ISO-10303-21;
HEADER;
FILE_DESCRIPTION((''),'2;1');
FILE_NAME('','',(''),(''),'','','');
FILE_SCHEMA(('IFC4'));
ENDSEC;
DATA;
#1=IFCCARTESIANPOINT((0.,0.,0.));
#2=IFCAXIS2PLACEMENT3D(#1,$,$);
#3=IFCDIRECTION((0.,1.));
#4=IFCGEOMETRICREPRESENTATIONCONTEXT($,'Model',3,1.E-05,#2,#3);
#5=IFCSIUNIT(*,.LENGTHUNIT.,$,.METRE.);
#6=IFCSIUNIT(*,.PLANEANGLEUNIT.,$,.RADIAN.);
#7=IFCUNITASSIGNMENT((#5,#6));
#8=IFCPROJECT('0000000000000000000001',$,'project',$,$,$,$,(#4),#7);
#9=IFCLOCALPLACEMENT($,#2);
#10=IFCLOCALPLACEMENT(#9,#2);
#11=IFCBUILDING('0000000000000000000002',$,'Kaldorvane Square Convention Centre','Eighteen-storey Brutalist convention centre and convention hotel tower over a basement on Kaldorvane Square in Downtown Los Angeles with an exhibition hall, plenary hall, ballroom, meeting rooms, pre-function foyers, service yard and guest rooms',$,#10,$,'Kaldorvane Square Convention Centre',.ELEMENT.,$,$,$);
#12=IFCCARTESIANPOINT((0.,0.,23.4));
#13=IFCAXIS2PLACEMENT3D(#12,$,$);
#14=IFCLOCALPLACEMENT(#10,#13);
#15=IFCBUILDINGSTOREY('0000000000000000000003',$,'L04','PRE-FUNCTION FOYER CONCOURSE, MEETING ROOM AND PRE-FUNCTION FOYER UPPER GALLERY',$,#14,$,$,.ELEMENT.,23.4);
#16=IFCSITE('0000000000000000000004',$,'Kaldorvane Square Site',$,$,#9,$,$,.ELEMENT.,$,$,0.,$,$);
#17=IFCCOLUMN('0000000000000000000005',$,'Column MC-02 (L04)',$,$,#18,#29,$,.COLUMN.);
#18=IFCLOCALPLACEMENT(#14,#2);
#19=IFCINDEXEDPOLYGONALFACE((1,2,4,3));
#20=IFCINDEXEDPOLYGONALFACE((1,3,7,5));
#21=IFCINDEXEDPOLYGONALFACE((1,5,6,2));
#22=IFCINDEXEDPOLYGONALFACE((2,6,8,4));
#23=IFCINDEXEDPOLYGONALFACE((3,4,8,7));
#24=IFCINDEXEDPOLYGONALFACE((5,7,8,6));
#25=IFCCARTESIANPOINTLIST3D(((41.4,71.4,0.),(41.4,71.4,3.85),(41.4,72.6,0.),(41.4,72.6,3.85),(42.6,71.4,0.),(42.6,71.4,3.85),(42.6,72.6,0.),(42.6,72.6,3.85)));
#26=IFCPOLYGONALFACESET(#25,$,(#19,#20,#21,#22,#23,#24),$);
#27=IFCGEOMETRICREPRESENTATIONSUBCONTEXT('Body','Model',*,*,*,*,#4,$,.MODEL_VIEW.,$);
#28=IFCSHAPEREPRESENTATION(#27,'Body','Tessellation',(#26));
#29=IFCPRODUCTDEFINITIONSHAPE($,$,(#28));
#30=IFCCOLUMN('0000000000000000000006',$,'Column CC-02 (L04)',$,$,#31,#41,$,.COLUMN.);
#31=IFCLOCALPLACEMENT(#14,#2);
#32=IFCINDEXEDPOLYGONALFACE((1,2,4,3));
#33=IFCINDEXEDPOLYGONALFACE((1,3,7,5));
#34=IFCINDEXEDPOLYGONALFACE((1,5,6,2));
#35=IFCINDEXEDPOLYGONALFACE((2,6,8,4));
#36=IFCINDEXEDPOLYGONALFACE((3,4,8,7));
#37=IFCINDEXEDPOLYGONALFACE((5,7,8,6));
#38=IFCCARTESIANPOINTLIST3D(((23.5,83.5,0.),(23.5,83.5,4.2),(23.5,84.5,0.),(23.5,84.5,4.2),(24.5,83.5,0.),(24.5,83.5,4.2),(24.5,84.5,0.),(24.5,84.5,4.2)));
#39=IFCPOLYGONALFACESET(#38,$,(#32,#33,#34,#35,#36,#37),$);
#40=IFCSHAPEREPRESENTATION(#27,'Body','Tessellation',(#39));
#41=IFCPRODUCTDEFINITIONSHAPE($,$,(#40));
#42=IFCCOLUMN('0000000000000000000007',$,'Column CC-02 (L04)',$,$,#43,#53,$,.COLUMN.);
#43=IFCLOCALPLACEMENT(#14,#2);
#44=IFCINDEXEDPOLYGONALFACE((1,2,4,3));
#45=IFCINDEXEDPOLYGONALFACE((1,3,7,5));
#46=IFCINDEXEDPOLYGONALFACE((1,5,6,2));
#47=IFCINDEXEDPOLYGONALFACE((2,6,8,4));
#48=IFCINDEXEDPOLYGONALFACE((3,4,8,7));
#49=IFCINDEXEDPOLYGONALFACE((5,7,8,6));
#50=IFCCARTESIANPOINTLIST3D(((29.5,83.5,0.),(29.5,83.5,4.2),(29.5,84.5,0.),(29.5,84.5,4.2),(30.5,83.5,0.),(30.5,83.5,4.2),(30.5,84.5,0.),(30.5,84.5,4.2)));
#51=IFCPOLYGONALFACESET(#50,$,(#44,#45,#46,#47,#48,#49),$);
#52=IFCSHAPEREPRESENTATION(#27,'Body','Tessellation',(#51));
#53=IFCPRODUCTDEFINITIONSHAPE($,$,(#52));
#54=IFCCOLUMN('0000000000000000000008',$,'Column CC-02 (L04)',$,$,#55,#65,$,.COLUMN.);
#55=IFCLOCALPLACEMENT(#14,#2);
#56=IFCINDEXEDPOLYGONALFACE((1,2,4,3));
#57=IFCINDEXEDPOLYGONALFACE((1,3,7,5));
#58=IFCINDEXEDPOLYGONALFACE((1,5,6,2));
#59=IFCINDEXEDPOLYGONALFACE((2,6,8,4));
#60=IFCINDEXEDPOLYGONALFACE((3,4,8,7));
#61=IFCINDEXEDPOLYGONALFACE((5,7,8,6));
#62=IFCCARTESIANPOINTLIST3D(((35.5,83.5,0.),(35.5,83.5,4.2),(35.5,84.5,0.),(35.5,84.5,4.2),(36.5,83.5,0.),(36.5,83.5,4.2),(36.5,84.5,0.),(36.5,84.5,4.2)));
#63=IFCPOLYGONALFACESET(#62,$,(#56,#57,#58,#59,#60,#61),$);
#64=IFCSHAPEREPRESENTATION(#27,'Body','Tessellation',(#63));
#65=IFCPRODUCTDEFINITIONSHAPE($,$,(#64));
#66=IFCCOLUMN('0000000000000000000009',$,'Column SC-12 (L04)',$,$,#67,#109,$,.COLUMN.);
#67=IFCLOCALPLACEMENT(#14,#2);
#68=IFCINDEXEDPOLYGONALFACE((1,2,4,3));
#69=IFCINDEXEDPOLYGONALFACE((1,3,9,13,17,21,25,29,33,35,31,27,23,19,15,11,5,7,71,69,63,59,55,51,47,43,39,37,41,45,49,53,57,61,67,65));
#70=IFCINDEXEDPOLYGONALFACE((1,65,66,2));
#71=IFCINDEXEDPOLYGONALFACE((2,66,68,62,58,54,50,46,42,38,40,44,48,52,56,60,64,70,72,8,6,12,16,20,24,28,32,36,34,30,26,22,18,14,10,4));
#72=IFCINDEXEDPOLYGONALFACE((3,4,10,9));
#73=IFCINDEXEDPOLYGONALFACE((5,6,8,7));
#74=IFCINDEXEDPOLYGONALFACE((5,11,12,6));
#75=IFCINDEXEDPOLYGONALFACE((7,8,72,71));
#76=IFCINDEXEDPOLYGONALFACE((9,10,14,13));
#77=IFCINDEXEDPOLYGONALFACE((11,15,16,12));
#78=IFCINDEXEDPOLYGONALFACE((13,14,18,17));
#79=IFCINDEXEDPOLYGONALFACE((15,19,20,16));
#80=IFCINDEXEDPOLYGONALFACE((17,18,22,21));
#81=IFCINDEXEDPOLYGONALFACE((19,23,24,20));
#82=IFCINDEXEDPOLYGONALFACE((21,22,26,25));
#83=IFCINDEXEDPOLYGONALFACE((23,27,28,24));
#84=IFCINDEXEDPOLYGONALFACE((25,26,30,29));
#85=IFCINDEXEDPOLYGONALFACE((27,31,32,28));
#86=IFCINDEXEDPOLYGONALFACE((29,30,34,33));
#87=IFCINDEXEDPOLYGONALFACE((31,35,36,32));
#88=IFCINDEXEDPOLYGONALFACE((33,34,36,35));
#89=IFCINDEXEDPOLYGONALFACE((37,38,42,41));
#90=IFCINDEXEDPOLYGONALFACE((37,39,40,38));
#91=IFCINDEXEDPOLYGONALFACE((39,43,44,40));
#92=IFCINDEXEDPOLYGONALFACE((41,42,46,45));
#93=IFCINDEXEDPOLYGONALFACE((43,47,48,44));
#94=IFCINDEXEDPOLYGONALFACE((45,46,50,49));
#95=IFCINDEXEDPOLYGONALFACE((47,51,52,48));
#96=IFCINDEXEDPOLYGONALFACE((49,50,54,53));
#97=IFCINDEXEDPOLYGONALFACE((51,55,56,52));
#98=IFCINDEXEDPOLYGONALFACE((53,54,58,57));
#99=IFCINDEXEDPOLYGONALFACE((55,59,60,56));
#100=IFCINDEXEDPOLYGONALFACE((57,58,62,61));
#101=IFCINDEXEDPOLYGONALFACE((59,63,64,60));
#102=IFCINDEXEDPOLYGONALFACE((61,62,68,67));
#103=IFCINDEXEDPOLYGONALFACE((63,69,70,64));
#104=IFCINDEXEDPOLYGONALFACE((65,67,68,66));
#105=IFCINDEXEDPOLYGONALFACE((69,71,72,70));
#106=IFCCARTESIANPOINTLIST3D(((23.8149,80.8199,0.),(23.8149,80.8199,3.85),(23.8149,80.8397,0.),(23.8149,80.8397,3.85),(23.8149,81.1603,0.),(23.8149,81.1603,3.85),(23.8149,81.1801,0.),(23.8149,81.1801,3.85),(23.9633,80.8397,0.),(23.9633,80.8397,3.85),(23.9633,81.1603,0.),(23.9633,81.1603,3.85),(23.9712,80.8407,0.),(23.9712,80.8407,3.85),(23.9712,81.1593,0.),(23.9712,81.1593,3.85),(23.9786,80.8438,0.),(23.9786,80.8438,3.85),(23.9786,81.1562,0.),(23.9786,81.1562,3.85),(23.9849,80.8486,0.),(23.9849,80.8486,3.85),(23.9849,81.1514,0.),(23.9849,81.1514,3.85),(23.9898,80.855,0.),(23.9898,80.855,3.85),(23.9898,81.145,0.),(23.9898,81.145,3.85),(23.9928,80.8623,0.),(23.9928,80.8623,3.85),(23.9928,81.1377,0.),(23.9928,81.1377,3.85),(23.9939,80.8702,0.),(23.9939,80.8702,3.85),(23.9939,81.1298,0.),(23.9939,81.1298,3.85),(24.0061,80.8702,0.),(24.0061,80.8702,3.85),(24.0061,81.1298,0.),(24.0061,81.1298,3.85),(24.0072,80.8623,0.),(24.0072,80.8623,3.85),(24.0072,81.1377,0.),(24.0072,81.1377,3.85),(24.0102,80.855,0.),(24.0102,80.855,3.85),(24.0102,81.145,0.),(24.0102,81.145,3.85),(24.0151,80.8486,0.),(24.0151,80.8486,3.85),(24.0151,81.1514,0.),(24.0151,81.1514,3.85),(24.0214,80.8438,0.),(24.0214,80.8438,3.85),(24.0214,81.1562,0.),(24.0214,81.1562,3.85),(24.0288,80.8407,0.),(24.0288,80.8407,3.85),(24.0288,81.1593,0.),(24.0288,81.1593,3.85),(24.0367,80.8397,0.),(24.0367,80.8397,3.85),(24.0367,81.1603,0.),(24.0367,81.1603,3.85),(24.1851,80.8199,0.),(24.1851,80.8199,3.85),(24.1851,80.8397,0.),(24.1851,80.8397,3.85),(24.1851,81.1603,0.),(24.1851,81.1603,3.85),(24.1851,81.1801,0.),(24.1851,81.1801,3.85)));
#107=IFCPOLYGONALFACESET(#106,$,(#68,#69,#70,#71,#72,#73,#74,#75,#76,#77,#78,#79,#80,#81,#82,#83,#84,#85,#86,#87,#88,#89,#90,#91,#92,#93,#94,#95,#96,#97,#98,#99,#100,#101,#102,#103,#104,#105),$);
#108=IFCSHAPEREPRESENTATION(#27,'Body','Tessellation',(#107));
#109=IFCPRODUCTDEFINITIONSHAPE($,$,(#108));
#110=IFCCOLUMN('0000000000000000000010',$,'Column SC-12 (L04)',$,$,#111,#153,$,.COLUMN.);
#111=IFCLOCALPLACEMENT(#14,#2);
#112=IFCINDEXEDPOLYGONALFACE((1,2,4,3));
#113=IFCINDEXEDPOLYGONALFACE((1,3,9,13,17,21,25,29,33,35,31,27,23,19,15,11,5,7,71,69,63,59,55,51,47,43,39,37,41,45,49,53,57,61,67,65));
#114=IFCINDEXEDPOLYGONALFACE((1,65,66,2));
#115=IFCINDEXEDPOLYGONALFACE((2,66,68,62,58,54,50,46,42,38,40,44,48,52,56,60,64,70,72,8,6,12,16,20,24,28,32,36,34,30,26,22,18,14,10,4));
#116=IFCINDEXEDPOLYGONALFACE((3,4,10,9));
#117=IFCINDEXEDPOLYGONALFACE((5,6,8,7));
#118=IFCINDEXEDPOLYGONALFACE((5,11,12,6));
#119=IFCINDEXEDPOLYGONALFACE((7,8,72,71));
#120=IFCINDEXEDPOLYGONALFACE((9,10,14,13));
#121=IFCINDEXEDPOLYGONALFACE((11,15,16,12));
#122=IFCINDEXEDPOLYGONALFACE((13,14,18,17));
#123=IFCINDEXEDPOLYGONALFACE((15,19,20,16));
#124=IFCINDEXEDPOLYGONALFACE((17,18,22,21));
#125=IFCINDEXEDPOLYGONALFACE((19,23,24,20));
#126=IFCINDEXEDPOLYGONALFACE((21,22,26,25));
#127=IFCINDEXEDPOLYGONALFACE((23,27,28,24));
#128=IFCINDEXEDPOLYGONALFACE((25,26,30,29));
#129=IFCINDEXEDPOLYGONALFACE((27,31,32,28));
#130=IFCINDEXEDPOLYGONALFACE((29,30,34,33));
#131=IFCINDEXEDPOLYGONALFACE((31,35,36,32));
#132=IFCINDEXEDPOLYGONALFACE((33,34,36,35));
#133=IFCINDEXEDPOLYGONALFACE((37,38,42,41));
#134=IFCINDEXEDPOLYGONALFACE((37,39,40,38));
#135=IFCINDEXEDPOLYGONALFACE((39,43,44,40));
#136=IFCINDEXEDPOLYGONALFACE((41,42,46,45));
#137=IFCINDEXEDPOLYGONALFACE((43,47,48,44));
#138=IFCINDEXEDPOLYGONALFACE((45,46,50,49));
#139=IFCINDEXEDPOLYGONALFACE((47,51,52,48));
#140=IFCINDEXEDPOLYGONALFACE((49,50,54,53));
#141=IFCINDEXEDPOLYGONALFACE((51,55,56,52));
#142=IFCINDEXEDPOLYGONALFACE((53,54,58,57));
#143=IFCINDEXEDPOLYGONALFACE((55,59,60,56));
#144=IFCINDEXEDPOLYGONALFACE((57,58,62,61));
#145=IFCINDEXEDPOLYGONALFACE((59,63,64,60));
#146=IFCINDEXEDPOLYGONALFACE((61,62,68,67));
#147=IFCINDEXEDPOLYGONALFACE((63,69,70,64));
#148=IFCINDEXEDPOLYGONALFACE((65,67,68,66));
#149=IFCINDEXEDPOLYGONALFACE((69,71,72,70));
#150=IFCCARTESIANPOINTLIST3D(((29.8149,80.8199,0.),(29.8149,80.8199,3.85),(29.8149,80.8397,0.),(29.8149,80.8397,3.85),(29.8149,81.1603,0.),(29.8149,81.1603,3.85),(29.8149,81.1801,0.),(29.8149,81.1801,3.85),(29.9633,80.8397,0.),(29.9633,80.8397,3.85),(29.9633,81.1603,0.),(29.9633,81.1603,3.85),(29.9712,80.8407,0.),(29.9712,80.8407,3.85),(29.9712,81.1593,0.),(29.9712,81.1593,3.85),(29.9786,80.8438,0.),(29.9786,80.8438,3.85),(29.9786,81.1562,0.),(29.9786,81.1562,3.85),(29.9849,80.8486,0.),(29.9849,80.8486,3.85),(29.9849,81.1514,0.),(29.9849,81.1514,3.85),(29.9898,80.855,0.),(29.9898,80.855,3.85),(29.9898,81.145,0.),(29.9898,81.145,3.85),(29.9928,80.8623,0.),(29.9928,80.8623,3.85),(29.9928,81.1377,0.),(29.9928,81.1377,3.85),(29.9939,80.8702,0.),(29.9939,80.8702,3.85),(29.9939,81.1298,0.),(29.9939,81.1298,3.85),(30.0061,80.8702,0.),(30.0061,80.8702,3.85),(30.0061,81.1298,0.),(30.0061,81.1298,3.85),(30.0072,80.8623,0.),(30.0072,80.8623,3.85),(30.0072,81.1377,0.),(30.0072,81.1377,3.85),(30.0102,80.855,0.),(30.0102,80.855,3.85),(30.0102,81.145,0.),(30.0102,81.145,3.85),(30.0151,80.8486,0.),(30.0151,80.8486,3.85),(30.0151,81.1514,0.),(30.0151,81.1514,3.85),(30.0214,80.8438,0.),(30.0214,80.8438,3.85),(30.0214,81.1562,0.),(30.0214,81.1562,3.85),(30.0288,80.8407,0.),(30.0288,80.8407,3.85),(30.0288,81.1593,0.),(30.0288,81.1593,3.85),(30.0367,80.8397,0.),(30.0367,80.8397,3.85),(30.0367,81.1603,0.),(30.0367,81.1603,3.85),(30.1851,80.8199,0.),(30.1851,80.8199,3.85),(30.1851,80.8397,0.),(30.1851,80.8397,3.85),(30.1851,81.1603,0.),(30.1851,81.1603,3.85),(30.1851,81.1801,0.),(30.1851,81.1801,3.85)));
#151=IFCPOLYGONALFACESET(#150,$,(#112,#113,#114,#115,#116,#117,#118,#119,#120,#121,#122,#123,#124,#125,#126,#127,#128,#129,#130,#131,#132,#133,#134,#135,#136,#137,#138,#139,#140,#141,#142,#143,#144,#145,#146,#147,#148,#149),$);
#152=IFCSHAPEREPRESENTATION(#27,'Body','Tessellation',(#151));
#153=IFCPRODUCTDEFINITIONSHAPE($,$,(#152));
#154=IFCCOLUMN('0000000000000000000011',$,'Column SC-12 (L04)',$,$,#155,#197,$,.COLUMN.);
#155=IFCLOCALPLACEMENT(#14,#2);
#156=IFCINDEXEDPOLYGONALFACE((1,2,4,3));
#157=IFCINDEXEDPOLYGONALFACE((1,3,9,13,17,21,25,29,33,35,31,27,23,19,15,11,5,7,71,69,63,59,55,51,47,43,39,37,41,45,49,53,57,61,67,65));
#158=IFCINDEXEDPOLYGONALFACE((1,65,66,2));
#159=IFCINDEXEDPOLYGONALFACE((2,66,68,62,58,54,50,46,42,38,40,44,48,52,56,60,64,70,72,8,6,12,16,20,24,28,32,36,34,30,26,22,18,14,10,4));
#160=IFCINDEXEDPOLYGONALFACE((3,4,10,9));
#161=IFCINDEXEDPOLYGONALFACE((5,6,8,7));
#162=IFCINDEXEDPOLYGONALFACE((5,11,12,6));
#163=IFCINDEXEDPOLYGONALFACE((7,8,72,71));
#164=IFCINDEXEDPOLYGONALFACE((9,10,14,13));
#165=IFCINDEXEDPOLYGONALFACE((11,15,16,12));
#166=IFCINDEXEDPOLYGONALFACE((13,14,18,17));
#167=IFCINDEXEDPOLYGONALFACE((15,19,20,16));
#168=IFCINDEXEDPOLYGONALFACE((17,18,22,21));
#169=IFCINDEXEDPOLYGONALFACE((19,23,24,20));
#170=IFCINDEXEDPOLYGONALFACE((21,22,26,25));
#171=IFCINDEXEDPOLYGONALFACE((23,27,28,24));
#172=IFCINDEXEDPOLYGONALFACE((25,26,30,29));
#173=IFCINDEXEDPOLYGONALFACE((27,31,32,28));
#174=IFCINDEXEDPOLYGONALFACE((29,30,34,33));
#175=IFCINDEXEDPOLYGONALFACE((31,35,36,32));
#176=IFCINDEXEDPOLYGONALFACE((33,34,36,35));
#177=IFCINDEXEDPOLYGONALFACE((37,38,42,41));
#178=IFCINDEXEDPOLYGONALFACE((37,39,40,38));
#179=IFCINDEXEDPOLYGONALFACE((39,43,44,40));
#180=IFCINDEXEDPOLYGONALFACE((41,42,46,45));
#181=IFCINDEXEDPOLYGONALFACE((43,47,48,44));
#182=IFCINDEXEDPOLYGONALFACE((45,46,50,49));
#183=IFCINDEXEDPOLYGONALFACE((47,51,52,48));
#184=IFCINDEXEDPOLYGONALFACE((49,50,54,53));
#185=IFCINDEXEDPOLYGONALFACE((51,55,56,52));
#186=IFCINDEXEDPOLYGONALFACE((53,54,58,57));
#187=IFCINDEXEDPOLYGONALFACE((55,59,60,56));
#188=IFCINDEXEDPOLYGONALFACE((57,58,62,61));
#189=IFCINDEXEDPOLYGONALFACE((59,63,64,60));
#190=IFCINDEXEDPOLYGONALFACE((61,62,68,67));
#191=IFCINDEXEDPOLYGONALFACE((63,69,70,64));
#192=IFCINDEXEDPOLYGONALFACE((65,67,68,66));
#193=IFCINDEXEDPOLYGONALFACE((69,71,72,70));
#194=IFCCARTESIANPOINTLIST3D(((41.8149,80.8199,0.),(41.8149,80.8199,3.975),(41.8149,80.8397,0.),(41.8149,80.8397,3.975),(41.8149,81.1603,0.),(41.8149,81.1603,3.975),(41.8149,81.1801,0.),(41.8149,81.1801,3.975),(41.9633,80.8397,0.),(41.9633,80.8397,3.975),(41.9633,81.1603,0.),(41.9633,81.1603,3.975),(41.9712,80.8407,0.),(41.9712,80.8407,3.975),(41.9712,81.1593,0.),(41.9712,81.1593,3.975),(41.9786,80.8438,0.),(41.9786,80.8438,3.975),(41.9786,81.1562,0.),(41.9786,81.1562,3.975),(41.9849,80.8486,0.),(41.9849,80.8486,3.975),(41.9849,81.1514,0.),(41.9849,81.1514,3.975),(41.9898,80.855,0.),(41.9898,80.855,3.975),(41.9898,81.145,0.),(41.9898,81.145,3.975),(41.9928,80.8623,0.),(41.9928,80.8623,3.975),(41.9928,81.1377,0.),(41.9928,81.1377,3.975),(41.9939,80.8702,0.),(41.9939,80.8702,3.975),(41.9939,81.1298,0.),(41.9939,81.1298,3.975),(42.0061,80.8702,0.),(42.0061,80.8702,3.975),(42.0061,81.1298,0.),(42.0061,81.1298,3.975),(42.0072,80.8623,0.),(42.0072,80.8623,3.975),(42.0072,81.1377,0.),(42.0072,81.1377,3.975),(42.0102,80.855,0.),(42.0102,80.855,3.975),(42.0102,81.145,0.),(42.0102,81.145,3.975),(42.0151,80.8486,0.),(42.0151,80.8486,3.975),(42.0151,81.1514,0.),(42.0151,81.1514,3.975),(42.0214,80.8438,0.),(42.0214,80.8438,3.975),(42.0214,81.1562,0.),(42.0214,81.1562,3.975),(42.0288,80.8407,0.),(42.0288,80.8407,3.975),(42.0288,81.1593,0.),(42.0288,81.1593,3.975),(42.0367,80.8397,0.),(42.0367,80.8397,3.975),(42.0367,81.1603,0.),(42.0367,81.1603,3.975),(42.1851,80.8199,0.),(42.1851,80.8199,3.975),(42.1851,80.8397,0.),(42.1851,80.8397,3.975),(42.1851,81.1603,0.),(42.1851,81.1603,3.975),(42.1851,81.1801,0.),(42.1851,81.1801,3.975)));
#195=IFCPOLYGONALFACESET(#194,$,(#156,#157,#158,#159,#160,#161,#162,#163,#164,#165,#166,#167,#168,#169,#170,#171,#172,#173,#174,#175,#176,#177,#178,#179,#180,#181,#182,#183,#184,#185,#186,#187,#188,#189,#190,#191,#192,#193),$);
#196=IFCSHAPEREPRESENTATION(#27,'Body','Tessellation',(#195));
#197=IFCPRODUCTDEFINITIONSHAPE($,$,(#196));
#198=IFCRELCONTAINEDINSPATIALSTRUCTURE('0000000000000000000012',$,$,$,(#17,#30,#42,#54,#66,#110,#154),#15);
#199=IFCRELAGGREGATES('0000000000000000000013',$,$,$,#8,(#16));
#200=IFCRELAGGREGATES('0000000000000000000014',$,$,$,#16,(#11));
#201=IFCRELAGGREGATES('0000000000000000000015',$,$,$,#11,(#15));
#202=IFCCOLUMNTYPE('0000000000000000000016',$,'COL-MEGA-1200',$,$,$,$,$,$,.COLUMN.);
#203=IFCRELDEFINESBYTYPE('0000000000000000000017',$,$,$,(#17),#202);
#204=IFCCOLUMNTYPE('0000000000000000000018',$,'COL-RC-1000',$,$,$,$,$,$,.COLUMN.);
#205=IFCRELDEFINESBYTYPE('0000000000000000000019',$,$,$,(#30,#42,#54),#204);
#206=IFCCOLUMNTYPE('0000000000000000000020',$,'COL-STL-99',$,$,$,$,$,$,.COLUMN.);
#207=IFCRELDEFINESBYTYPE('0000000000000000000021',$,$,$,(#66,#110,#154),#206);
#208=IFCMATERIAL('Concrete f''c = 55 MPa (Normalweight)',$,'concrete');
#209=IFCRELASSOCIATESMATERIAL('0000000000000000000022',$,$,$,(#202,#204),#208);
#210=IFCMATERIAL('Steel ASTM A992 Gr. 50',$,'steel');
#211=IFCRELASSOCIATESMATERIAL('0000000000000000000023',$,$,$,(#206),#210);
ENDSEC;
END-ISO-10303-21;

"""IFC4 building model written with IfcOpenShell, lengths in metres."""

from ifc_helpers import new_model, si_unit, direction, frame, origin, origin_2d, place, context, subcontext, project, spatial, rectangle, i_section, extrude, material, material_profile, profile_set, type_object, element, save


model = new_model("IFC4")

# Units and contexts
model_context = context("Model", 3, precision=1e-05, world=origin(), true_north=direction((0.0, 1.0)))
body_context = subcontext(model_context, "Body", "Model", "MODEL_VIEW")
ifc_project = project(units=[si_unit("LENGTHUNIT", "METRE"), si_unit("PLANEANGLEUNIT", "RADIAN")], contexts=[model_context])

# Site, building, storey
site_placement = place(None, origin())
site = spatial("IfcSite", under=ifc_project, at=site_placement, Name="Kaldorvane Square Site", CompositionType="ELEMENT", RefElevation=0.0)
building_placement = place(site_placement, origin())
building = spatial("IfcBuilding", under=site, at=building_placement, Name="Kaldorvane Square Convention Centre", Description="Eighteen-storey Brutalist convention centre and convention hotel tower over a basement on Kaldorvane Square in Downtown Los Angeles with an exhibition hall, plenary hall, ballroom, meeting rooms, pre-function foyers, service yard and guest rooms", LongName="Kaldorvane Square Convention Centre", CompositionType="ELEMENT")
storey_placement = place(building_placement, frame((0.0, 0.0, 23.4)))
storey = spatial("IfcBuildingStorey", under=building, at=storey_placement, Name="L04", Description="PRE-FUNCTION FOYER CONCOURSE, MEETING ROOM AND PRE-FUNCTION FOYER UPPER GALLERY", CompositionType="ELEMENT", Elevation=23.4)

# Columns
ifc_material_1 = material(Name="Concrete f'c = 55 MPa (Normalweight)", Category="concrete")
ifc_material_profile_1 = material_profile(ifc_material_1, rectangle(XDim=1.2, YDim=1.2, at=origin_2d()), Name="RC1200X1200")
ifc_profile_set_1 = profile_set([ifc_material_profile_1], Name="Concrete f'c = 55 MPa (Normalweight)")
column_type_1 = type_object("IfcColumnType", Name="COL-MEGA-1200", PredefinedType="COLUMN", material=ifc_profile_set_1)
column_1_placement = place(storey_placement, frame((42.0, 72.0, 0.0), z_axis=(0.0, 0.0, 1.0), x_axis=(1.0, 0.0, 0.0)))
element("IfcColumn", 1, at=column_1_placement, inside=storey, type_object=column_type_1, Name="Column MC-02 (L04)", PredefinedType="COLUMN", context=body_context, shape_type="SweptSolid", body=[
    extrude(rectangle(XDim=1.2, YDim=1.2, at=origin_2d()), origin(), (0.0, 0.0, 1.0), 3.85),
])
ifc_material_profile_2 = material_profile(ifc_material_1, rectangle(XDim=1.0, YDim=1.0, at=origin_2d()), Name="RC1000X1000")
ifc_profile_set_2 = profile_set([ifc_material_profile_2], Name="Concrete f'c = 55 MPa (Normalweight)")
column_type_2 = type_object("IfcColumnType", Name="COL-RC-1000", PredefinedType="COLUMN", material=ifc_profile_set_2)
for number, where, z_axis, x_axis, name in (
    (2, (24.0, 84.0, 0.0), (0.0, 0.0, 1.0), (1.0, 0.0, 0.0), "Column CC-02 (L04)"),
    (3, (30.0, 84.0, 0.0), (0.0, 0.0, 1.0), (1.0, 0.0, 0.0), "Column CC-02 (L04)"),
    (4, (36.0, 84.0, 0.0), (0.0, 0.0, 1.0), (1.0, 0.0, 0.0), "Column CC-02 (L04)"),
):
    element("IfcColumn", number, at=place(storey_placement, frame(where, z_axis=z_axis, x_axis=x_axis)), inside=storey, type_object=column_type_2, Name=name, PredefinedType="COLUMN", context=body_context, shape_type="SweptSolid", body=[
        extrude(rectangle(XDim=1.0, YDim=1.0, at=origin_2d()), origin(), (0.0, 0.0, 1.0), 4.2),
    ])
ifc_material_2 = material(Name="Steel ASTM A992 Gr. 50", Category="steel")
ifc_material_profile_3 = material_profile(ifc_material_2, i_section(OverallWidth=0.3701, OverallDepth=0.3602, WebThickness=0.0123, FlangeThickness=0.0198, FilletRadius=0.0305, at=origin_2d()), Name="W14X99")
ifc_profile_set_3 = profile_set([ifc_material_profile_3], Name="Steel ASTM A992 Gr. 50")
column_type_3 = type_object("IfcColumnType", Name="COL-STL-99", PredefinedType="COLUMN", material=ifc_profile_set_3)
for number, where, z_axis, x_axis, name in (
    (5, (24.0, 81.0, 0.0), (0.0, 0.0, 1.0), (1.0, 0.0, 0.0), "Column SC-12 (L04)"),
    (6, (30.0, 81.0, 0.0), (0.0, 0.0, 1.0), (1.0, 0.0, 0.0), "Column SC-12 (L04)"),
):
    element("IfcColumn", number, at=place(storey_placement, frame(where, z_axis=z_axis, x_axis=x_axis)), inside=storey, type_object=column_type_3, Name=name, PredefinedType="COLUMN", context=body_context, shape_type="SweptSolid", body=[
        extrude(i_section(OverallWidth=0.3701, OverallDepth=0.3602, WebThickness=0.0123, FlangeThickness=0.0198, FilletRadius=0.0305, at=origin_2d()), origin(), (0.0, 0.0, 1.0), 3.85),
    ])
column_2_placement = place(storey_placement, frame((42.0, 81.0, 0.0), z_axis=(0.0, 0.0, 1.0), x_axis=(1.0, 0.0, 0.0)))
element("IfcColumn", 7, at=column_2_placement, inside=storey, type_object=column_type_3, Name="Column SC-12 (L04)", PredefinedType="COLUMN", context=body_context, shape_type="SweptSolid", body=[
    extrude(i_section(OverallWidth=0.3701, OverallDepth=0.3602, WebThickness=0.0123, FlangeThickness=0.0198, FilletRadius=0.0305, at=origin_2d()), origin(), (0.0, 0.0, 1.0), 3.975),
])

save(model, "model.ifc")
